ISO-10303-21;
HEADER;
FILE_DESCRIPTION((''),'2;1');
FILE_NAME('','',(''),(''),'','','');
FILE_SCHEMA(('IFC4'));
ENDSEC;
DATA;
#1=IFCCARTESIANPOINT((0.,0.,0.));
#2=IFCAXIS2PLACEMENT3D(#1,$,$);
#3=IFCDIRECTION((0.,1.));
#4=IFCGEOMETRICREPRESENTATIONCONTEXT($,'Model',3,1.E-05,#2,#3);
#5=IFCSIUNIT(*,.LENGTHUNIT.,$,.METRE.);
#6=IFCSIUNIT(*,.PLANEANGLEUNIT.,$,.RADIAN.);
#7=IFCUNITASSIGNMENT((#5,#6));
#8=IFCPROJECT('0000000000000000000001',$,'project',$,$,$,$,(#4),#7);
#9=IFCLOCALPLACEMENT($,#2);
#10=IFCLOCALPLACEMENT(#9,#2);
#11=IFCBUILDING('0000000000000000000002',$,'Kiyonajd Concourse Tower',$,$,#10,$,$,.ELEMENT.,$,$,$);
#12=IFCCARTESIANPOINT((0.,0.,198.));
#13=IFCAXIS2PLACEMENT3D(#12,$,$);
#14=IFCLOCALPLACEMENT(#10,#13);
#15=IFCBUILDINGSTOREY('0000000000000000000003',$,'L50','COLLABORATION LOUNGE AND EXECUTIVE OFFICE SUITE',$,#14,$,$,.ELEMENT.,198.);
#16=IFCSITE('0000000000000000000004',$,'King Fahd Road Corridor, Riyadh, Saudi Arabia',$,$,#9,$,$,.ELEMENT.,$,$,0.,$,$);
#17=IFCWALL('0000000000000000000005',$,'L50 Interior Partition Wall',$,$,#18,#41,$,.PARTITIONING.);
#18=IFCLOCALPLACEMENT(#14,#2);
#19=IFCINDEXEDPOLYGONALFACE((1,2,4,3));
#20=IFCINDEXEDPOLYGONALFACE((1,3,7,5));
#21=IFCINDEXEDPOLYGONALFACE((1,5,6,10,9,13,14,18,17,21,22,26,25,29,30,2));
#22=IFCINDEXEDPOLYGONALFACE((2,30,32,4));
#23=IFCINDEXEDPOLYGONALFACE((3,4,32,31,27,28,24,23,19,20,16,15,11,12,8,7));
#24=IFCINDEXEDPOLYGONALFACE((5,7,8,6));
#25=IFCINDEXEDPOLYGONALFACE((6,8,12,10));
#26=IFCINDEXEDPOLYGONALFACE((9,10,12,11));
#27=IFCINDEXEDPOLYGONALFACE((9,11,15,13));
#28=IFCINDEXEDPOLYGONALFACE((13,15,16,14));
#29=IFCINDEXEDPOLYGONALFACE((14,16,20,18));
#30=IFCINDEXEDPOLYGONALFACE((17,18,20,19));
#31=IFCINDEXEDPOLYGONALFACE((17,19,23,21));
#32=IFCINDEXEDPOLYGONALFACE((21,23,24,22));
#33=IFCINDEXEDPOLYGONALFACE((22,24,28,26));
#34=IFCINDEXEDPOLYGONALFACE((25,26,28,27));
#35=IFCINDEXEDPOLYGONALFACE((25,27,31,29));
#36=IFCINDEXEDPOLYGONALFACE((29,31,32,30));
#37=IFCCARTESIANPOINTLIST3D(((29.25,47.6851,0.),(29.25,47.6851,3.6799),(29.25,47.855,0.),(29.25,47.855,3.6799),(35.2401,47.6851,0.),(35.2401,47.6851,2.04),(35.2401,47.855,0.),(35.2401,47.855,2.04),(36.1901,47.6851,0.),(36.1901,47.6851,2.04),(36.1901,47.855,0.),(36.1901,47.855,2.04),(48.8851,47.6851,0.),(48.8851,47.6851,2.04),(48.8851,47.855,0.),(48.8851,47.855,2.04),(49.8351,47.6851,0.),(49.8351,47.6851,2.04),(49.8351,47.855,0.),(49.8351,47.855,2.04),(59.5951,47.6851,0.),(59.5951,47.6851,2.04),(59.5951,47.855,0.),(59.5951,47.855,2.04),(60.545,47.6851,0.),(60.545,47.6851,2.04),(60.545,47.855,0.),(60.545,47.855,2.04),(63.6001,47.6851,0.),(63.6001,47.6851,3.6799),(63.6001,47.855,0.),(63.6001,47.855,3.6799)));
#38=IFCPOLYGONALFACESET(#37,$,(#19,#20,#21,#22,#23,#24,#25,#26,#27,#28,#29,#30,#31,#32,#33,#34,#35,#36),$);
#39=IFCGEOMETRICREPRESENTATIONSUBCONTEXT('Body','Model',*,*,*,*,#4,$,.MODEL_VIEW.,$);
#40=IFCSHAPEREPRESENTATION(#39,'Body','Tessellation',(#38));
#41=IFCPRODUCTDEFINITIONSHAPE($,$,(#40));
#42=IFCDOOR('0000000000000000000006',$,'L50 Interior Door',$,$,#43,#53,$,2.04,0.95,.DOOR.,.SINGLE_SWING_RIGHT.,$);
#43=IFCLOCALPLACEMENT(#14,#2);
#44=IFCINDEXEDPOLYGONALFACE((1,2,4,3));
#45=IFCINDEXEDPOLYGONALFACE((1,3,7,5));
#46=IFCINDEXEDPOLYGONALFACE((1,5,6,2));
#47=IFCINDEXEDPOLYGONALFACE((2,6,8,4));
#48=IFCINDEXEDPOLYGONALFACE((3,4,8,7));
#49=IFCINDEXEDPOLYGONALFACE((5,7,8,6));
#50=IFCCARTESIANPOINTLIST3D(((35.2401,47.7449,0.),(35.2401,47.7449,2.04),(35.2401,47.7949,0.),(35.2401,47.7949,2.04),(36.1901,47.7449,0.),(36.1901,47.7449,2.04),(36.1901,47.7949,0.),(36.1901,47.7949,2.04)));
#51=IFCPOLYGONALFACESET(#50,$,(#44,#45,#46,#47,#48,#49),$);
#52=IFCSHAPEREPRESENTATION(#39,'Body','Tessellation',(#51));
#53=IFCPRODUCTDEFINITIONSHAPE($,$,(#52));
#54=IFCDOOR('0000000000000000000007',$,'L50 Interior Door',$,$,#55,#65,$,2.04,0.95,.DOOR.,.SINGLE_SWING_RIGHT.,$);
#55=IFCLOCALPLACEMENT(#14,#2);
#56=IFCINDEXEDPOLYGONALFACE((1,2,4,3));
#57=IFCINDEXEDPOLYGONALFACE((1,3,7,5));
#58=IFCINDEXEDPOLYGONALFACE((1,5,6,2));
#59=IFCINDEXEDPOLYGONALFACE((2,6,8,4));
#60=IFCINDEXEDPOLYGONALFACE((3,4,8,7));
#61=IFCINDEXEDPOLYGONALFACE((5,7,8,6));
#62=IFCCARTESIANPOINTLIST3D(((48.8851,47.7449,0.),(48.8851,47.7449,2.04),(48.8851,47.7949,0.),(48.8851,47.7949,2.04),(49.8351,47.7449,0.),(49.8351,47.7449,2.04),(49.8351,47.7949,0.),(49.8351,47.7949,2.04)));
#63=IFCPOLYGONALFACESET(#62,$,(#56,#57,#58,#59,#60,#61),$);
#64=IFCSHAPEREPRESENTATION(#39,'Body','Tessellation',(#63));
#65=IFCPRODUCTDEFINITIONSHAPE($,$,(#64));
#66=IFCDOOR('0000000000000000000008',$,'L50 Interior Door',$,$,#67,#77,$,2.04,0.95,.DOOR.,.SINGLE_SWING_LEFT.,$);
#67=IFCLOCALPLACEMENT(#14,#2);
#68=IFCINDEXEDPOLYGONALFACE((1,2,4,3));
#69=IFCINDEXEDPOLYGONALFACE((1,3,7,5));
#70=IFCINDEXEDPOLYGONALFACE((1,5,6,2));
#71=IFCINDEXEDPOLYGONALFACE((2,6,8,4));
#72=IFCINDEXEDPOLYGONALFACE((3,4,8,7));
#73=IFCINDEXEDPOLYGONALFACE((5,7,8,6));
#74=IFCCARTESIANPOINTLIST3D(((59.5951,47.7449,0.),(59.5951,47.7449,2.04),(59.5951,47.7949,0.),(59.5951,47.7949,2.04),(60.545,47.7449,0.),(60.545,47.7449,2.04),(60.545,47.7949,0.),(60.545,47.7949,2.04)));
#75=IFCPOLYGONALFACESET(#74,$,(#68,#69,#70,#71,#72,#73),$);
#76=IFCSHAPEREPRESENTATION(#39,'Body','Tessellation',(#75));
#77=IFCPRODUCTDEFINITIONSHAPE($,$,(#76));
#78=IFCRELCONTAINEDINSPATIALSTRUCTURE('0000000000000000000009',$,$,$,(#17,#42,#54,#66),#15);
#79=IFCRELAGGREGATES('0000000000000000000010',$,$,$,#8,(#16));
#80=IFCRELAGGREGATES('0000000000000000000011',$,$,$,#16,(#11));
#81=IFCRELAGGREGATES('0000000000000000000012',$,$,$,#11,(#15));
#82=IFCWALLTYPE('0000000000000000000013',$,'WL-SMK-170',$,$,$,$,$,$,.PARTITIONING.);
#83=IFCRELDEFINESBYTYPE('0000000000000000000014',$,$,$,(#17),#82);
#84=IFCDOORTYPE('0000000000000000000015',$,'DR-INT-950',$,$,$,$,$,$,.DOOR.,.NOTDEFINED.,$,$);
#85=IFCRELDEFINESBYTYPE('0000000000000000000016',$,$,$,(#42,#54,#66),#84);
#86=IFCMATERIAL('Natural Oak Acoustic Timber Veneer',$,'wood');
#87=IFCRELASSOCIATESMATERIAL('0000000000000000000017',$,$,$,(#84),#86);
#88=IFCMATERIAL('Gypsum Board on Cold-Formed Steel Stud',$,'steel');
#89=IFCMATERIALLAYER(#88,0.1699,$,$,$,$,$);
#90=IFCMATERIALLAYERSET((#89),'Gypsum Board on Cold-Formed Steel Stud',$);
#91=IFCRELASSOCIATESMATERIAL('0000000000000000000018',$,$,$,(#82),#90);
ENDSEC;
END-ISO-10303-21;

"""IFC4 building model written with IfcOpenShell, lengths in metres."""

from ifc_helpers import new_model, si_unit, direction, frame, frame_2d, origin, place, context, subcontext, project, spatial, rectangle, extrude, material, layer, layer_set, type_object, element, fill, save


model = new_model("IFC4")

# Units and contexts
model_context = context("Model", 3, precision=1e-05, world=origin(), true_north=direction((0.0, 1.0)))
body_context = subcontext(model_context, "Body", "Model", "MODEL_VIEW")
ifc_project = project(units=[si_unit("LENGTHUNIT", "METRE"), si_unit("PLANEANGLEUNIT", "RADIAN")], contexts=[model_context])

# Site, building, storey
site_placement = place(None, origin())
site = spatial("IfcSite", under=ifc_project, at=site_placement, Name="King Fahd Road Corridor, Riyadh, Saudi Arabia", CompositionType="ELEMENT", RefElevation=0.0)
building_placement = place(site_placement, origin())
building = spatial("IfcBuilding", under=site, at=building_placement, Name="Kiyonajd Concourse Tower", CompositionType="ELEMENT")
storey_placement = place(building_placement, frame((0.0, 0.0, 198.0)))
storey = spatial("IfcBuildingStorey", under=building, at=storey_placement, Name="L50", Description="COLLABORATION LOUNGE AND EXECUTIVE OFFICE SUITE", CompositionType="ELEMENT", Elevation=198.0)

# Shared definitions
ifc_material_1 = material(Name="Natural Oak Acoustic Timber Veneer", Category="wood")
door_type_1 = type_object("IfcDoorType", Name="DR-INT-950", OperationType="NOTDEFINED", PredefinedType="DOOR", material=ifc_material_1)

# Shared definitions
ifc_material_2 = material(Name="Gypsum Board on Cold-Formed Steel Stud", Category="steel")

# Wall, openings, doors
ifc_layer_1 = layer(ifc_material_2, 0.1699)
ifc_layer_set_1 = layer_set([ifc_layer_1], Name="Gypsum Board on Cold-Formed Steel Stud")
wall_type_1 = type_object("IfcWallType", Name="WL-SMK-170", PredefinedType="PARTITIONING", material=ifc_layer_set_1)
wall_1_placement = place(storey_placement, frame((29.25, 47.77, 0.0), z_axis=(0.0, 0.0, 1.0), x_axis=(1.0, 0.0, 0.0)))
wall_1 = element("IfcWall", 1, at=wall_1_placement, inside=storey, type_object=wall_type_1, Name="L50 Interior Partition Wall", PredefinedType="PARTITIONING", context=body_context, shape_type="SweptSolid", body=[
    extrude(rectangle(XDim=34.3501, YDim=0.1699, at=frame_2d((17.175, 0.0))), origin(), (0.0, 0.0, 1.0), 3.6799),
])
opening_1_placement = place(wall_1_placement, frame((5.99, 0.0, 0.0)))
opening_1 = element("IfcOpeningElement", 2, at=opening_1_placement, cuts=wall_1, PredefinedType="OPENING", context=body_context, shape_type="SweptSolid", body=[
    extrude(rectangle(XDim=0.95, YDim=2.04, at=frame_2d((0.4751, 1.02))), frame((0.0, 0.095, 0.0), z_axis=(0.0, -1.0, 0.0), x_axis=(1.0, 0.0, 0.0)), (0.0, 0.0, 1.0), 0.1899),
])
opening_2_placement = place(wall_1_placement, frame((19.635, 0.0, 0.0)))
opening_2 = element("IfcOpeningElement", 3, at=opening_2_placement, cuts=wall_1, PredefinedType="OPENING", context=body_context, shape_type="SweptSolid", body=[
    extrude(rectangle(XDim=0.95, YDim=2.04, at=frame_2d((0.4751, 1.02))), frame((0.0, 0.095, 0.0), z_axis=(0.0, -1.0, 0.0), x_axis=(1.0, 0.0, 0.0)), (0.0, 0.0, 1.0), 0.1899),
])
opening_3_placement = place(wall_1_placement, frame((30.345, 0.0, 0.0)))
opening_3 = element("IfcOpeningElement", 4, at=opening_3_placement, cuts=wall_1, PredefinedType="OPENING", context=body_context, shape_type="SweptSolid", body=[
    extrude(rectangle(XDim=0.95, YDim=2.04, at=frame_2d((0.4751, 1.02))), frame((0.0, 0.095, 0.0), z_axis=(0.0, -1.0, 0.0), x_axis=(1.0, 0.0, 0.0)), (0.0, 0.0, 1.0), 0.1899),
])
door_1_placement = place(opening_1_placement, origin())
door_1 = element("IfcDoor", 5, at=door_1_placement, inside=storey, type_object=door_type_1, Name="L50 Interior Door", OperationType="SINGLE_SWING_RIGHT", OverallHeight=2.04, OverallWidth=0.95, PredefinedType="DOOR", context=body_context, shape_type="SweptSolid", body=[
    extrude(rectangle(XDim=0.95, YDim=2.04, at=frame_2d((0.4751, 1.02))), frame((0.0, 0.0249, 0.0), z_axis=(0.0, -1.0, 0.0), x_axis=(1.0, 0.0, 0.0)), (0.0, 0.0, 1.0), 0.05),
])
fill(opening_1, door_1)
door_2_placement = place(opening_2_placement, origin())
door_2 = element("IfcDoor", 6, at=door_2_placement, inside=storey, type_object=door_type_1, Name="L50 Interior Door", OperationType="SINGLE_SWING_RIGHT", OverallHeight=2.04, OverallWidth=0.95, PredefinedType="DOOR", context=body_context, shape_type="SweptSolid", body=[
    extrude(rectangle(XDim=0.95, YDim=2.04, at=frame_2d((0.4751, 1.02))), frame((0.0, 0.0249, 0.0), z_axis=(0.0, -1.0, 0.0), x_axis=(1.0, 0.0, 0.0)), (0.0, 0.0, 1.0), 0.05),
])
fill(opening_2, door_2)
door_3_placement = place(opening_3_placement, origin())
door_3 = element("IfcDoor", 7, at=door_3_placement, inside=storey, type_object=door_type_1, Name="L50 Interior Door", OperationType="SINGLE_SWING_LEFT", OverallHeight=2.04, OverallWidth=0.95, PredefinedType="DOOR", context=body_context, shape_type="SweptSolid", body=[
    extrude(rectangle(XDim=0.95, YDim=2.04, at=frame_2d((0.4751, 1.02))), frame((0.0, 0.0249, 0.0), z_axis=(0.0, -1.0, 0.0), x_axis=(1.0, 0.0, 0.0)), (0.0, 0.0, 1.0), 0.05),
])
fill(opening_3, door_3)

save(model, "model.ifc")
